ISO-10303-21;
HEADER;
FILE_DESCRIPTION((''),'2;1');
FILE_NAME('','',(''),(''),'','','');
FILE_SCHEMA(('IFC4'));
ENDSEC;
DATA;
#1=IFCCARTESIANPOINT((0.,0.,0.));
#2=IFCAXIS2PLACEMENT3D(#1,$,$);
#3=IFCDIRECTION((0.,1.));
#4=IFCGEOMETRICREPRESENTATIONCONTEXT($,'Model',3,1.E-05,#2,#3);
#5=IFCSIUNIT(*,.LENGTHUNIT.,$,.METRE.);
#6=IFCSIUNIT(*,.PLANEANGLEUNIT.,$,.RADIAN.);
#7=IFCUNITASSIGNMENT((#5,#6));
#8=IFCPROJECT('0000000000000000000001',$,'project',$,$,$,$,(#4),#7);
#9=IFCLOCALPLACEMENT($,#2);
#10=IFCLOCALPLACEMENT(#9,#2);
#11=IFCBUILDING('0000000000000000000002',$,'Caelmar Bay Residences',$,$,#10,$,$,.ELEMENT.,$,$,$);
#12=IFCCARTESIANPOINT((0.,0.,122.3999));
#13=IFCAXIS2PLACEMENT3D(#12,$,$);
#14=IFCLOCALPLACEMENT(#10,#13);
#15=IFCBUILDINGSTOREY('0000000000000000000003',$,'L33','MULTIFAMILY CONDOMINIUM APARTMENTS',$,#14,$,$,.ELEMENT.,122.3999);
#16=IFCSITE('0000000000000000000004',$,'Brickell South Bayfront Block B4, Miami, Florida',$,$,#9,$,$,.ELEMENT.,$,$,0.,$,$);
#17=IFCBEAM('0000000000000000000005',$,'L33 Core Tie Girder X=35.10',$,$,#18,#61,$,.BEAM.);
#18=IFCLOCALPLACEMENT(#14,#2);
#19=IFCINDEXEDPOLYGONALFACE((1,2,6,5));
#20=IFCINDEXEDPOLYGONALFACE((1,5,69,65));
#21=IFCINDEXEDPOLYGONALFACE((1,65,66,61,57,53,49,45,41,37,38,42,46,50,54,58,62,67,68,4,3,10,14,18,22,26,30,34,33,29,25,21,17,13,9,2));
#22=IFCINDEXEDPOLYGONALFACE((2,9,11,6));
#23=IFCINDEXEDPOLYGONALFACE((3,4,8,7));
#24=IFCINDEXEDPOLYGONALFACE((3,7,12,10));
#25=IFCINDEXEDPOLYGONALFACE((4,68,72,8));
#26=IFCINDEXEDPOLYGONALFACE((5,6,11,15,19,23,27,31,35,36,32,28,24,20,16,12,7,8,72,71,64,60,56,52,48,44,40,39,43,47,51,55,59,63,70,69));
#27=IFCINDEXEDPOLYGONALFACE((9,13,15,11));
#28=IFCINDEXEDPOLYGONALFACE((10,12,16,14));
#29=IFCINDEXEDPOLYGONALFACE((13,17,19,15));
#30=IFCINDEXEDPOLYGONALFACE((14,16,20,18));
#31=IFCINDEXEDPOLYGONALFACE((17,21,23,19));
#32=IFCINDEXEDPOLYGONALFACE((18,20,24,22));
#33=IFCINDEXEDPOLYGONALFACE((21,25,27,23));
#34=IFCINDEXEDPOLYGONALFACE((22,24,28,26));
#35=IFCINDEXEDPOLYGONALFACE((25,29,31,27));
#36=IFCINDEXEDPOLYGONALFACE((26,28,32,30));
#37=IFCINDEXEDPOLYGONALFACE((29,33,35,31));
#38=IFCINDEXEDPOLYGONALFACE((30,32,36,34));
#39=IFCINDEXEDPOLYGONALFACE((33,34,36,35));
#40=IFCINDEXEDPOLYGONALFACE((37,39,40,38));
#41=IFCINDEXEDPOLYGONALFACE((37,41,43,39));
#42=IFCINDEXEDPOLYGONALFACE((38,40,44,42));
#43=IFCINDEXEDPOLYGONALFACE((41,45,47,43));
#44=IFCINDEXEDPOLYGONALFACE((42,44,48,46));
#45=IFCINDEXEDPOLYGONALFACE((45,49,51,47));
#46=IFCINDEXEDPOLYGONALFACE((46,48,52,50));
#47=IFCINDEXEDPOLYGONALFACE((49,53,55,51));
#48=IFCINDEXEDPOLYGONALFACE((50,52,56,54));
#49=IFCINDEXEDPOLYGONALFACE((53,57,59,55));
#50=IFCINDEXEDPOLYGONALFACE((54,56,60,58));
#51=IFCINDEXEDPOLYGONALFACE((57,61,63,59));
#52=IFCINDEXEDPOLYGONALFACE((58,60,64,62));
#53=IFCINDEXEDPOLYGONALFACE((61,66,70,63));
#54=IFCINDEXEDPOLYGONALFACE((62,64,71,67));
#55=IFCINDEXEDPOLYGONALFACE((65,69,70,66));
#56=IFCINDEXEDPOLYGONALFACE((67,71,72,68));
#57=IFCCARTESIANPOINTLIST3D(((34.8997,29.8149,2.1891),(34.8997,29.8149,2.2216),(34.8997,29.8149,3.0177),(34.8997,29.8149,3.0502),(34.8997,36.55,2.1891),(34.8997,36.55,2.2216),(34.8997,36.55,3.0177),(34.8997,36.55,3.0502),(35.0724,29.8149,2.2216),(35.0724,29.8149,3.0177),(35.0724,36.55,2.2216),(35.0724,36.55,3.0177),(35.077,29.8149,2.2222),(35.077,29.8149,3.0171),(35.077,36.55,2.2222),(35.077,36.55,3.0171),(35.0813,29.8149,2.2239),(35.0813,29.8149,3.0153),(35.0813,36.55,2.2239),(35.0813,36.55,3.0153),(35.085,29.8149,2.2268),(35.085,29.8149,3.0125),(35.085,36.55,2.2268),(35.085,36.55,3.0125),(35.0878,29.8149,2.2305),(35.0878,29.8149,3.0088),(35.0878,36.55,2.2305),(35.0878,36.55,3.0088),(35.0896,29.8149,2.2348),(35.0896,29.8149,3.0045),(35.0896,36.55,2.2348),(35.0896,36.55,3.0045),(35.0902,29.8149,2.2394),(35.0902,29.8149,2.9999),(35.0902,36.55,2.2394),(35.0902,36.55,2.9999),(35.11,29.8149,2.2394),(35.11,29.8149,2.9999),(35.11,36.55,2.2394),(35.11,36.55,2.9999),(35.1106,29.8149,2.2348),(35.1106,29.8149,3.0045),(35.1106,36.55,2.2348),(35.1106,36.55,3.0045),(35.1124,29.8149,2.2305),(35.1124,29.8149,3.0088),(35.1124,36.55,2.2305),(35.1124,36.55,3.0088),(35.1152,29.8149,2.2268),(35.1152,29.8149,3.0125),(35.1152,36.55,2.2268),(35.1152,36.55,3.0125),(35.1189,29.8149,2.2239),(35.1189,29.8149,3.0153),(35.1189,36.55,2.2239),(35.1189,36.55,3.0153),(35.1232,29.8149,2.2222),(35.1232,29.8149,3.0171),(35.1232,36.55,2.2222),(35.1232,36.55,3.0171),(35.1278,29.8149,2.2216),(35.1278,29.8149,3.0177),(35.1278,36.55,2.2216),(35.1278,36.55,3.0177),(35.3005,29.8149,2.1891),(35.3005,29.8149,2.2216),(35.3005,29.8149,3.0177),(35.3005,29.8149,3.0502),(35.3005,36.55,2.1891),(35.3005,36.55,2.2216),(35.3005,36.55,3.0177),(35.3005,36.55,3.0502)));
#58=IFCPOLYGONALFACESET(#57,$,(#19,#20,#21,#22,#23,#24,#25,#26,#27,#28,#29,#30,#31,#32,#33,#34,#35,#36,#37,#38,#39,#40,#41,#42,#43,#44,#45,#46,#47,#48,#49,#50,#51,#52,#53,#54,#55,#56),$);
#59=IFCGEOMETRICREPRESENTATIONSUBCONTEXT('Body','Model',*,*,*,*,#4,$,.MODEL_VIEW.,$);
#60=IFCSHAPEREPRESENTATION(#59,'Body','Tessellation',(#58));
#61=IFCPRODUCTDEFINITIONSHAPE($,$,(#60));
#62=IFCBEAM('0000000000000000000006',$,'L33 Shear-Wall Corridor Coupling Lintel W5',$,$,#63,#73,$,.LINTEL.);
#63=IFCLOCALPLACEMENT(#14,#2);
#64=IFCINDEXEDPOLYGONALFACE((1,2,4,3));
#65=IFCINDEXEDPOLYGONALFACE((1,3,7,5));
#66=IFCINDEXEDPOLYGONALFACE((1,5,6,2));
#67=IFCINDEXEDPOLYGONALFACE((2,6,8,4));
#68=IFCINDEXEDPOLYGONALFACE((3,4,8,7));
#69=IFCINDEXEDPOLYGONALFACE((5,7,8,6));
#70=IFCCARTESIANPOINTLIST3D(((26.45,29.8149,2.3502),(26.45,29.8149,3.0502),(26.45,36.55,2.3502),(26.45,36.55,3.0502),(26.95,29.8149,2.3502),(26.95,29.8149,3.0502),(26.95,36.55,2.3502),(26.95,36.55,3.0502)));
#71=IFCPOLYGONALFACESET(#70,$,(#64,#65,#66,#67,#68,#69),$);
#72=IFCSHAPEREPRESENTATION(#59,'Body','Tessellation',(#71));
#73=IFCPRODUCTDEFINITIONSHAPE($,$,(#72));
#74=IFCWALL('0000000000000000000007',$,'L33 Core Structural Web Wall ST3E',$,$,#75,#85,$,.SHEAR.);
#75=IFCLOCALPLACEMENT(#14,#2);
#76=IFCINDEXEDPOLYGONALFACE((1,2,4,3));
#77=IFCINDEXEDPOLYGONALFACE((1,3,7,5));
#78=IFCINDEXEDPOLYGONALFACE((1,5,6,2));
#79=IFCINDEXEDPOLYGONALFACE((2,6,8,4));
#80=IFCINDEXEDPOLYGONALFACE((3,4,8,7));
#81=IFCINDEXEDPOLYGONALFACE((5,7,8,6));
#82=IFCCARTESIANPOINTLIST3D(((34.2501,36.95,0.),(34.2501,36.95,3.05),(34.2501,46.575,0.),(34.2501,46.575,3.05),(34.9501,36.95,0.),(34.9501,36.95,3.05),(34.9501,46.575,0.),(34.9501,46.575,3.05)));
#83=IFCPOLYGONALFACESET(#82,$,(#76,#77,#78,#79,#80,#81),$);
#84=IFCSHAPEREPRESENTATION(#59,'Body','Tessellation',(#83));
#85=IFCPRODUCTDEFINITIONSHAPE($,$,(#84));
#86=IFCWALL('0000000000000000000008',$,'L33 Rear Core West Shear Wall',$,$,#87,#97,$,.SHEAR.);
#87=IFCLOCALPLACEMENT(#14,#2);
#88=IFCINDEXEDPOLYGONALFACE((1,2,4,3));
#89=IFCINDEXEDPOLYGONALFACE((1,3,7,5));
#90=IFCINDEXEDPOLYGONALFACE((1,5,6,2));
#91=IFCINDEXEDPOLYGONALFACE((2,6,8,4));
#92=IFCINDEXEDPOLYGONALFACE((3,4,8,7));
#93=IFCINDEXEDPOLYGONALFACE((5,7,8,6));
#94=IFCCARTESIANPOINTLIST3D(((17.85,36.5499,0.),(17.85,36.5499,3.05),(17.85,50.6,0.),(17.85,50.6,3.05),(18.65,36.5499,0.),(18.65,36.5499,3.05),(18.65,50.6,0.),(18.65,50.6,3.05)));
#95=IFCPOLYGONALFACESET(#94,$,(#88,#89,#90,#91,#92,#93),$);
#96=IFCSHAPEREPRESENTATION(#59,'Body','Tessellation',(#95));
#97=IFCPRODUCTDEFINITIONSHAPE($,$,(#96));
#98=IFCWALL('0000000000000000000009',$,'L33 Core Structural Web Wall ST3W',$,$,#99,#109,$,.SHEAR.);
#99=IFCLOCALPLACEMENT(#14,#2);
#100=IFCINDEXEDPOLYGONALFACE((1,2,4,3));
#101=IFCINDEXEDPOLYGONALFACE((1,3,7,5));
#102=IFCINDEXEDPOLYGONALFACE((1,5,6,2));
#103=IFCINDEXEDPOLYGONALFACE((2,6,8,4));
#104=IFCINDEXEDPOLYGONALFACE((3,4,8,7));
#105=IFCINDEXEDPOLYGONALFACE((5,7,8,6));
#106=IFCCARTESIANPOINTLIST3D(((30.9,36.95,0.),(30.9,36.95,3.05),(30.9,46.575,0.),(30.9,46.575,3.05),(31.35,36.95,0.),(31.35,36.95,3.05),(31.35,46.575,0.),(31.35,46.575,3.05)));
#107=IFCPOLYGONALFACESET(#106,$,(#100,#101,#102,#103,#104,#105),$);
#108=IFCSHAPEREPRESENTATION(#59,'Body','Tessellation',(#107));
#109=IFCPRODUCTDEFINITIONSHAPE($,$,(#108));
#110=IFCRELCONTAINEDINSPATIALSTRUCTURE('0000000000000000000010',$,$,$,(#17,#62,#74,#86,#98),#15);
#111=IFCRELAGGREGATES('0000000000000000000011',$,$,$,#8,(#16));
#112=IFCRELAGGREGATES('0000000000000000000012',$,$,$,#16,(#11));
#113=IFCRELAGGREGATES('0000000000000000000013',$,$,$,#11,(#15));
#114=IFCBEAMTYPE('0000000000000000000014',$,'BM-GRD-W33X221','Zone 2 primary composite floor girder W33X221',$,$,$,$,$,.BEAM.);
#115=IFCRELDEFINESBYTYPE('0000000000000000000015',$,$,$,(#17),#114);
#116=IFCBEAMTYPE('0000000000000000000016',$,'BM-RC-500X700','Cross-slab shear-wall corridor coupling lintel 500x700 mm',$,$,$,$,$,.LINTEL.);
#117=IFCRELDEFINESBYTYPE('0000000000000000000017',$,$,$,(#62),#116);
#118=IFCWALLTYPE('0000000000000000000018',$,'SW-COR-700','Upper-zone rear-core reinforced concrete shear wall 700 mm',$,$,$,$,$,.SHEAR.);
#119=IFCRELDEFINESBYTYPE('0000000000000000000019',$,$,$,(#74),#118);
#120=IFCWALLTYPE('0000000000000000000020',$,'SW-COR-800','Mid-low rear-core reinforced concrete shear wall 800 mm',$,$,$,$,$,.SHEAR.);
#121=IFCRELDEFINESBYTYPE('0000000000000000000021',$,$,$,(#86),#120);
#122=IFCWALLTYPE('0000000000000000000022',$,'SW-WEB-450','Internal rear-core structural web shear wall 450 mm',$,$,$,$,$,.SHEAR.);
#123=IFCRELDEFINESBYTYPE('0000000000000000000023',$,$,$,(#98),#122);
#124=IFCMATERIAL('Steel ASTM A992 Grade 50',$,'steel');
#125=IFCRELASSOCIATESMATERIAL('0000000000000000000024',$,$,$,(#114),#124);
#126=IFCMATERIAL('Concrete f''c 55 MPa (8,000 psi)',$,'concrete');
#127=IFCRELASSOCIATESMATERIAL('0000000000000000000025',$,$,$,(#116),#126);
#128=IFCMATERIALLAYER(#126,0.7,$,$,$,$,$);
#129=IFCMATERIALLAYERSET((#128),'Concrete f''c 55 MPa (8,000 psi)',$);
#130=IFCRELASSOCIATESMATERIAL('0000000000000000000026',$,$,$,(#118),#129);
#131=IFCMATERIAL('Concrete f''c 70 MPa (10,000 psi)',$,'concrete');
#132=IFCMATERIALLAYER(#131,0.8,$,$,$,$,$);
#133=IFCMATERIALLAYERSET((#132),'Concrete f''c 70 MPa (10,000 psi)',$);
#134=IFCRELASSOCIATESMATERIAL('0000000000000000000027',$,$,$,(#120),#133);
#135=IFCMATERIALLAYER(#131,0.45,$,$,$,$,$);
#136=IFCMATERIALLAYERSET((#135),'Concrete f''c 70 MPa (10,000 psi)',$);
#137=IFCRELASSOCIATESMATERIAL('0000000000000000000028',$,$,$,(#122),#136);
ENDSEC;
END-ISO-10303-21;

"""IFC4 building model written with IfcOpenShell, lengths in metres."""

from ifc_helpers import new_model, si_unit, direction, frame, frame_2d, origin, origin_2d, place, context, subcontext, project, spatial, rectangle, i_section, extrude, material, layer, layer_set, material_profile, profile_set, type_object, element, save


model = new_model("IFC4")

# Units and contexts
model_context = context("Model", 3, precision=1e-05, world=origin(), true_north=direction((0.0, 1.0)))
body_context = subcontext(model_context, "Body", "Model", "MODEL_VIEW")
ifc_project = project(units=[si_unit("LENGTHUNIT", "METRE"), si_unit("PLANEANGLEUNIT", "RADIAN")], contexts=[model_context])

# Site, building, storey
site_placement = place(None, origin())
site = spatial("IfcSite", under=ifc_project, at=site_placement, Name="Brickell South Bayfront Block B4, Miami, Florida", CompositionType="ELEMENT", RefElevation=0.0)
building_placement = place(site_placement, origin())
building = spatial("IfcBuilding", under=site, at=building_placement, Name="Caelmar Bay Residences", CompositionType="ELEMENT")
storey_placement = place(building_placement, frame((0.0, 0.0, 122.3999)))
storey = spatial("IfcBuildingStorey", under=building, at=storey_placement, Name="L33", Description="MULTIFAMILY CONDOMINIUM APARTMENTS", CompositionType="ELEMENT", Elevation=122.3999)

# Beams
ifc_material_1 = material(Name="Steel ASTM A992 Grade 50", Category="steel")
ifc_material_profile_1 = material_profile(ifc_material_1, i_section(OverallWidth=0.4009, OverallDepth=0.8611, WebThickness=0.0198, FlangeThickness=0.0325, FilletRadius=0.0178, at=origin_2d()), Name="W33X221")
ifc_profile_set_1 = profile_set([ifc_material_profile_1], Name="Steel ASTM A992 Grade 50")
beam_type_1 = type_object("IfcBeamType", Name="BM-GRD-W33X221", Description="Zone 2 primary composite floor girder W33X221", PredefinedType="BEAM", material=ifc_profile_set_1)
beam_1_placement = place(storey_placement, frame((35.1001, 29.8149, 2.6196), z_axis=(0.0, 1.0, 0.0), x_axis=(-1.0, 0.0, 0.0)))
element("IfcBeam", 1, at=beam_1_placement, inside=storey, type_object=beam_type_1, Name="L33 Core Tie Girder X=35.10", PredefinedType="BEAM", context=body_context, shape_type="SweptSolid", body=[
    extrude(i_section(OverallWidth=0.4009, OverallDepth=0.8611, WebThickness=0.0198, FlangeThickness=0.0325, FilletRadius=0.0178, at=origin_2d()), origin(), (0.0, 0.0, 1.0), 6.7351),
])
ifc_material_2 = material(Name="Concrete f'c 55 MPa (8,000 psi)", Category="concrete")
ifc_material_profile_2 = material_profile(ifc_material_2, rectangle(XDim=0.5, YDim=0.7, at=origin_2d()), Name="RC-BM-500X700")
ifc_profile_set_2 = profile_set([ifc_material_profile_2], Name="Concrete f'c 55 MPa (8,000 psi)")
beam_type_2 = type_object("IfcBeamType", Name="BM-RC-500X700", Description="Cross-slab shear-wall corridor coupling lintel 500x700 mm", PredefinedType="LINTEL", material=ifc_profile_set_2)
beam_2_placement = place(storey_placement, frame((26.7, 29.8149, 2.7002), z_axis=(0.0, 1.0, 0.0), x_axis=(-1.0, 0.0, 0.0)))
element("IfcBeam", 2, at=beam_2_placement, inside=storey, type_object=beam_type_2, Name="L33 Shear-Wall Corridor Coupling Lintel W5", PredefinedType="LINTEL", context=body_context, shape_type="SweptSolid", body=[
    extrude(rectangle(XDim=0.5, YDim=0.7, at=origin_2d()), origin(), (0.0, 0.0, 1.0), 6.7351),
])

# Shared definitions
ifc_layer_1 = layer(ifc_material_2, 0.7)
ifc_layer_set_1 = layer_set([ifc_layer_1], Name="Concrete f'c 55 MPa (8,000 psi)")
wall_type_1 = type_object("IfcWallType", Name="SW-COR-700", Description="Upper-zone rear-core reinforced concrete shear wall 700 mm", PredefinedType="SHEAR", material=ifc_layer_set_1)

# Walls
wall_1_placement = place(storey_placement, frame((34.6001, 36.95, 0.0), z_axis=(0.0, 0.0, 1.0), x_axis=(0.0, 1.0, 0.0)))
element("IfcWall", 3, at=wall_1_placement, inside=storey, type_object=wall_type_1, Name="L33 Core Structural Web Wall ST3E", PredefinedType="SHEAR", context=body_context, shape_type="SweptSolid", body=[
    extrude(rectangle(XDim=9.625, YDim=0.7, at=frame_2d((4.8125, 0.0))), origin(), (0.0, 0.0, 1.0), 3.05),
])
ifc_material_3 = material(Name="Concrete f'c 70 MPa (10,000 psi)", Category="concrete")
ifc_layer_2 = layer(ifc_material_3, 0.8)
ifc_layer_set_2 = layer_set([ifc_layer_2], Name="Concrete f'c 70 MPa (10,000 psi)")
wall_type_2 = type_object("IfcWallType", Name="SW-COR-800", Description="Mid-low rear-core reinforced concrete shear wall 800 mm", PredefinedType="SHEAR", material=ifc_layer_set_2)
wall_2_placement = place(storey_placement, frame((18.25, 36.55, 0.0), z_axis=(0.0, 0.0, 1.0), x_axis=(0.0, 1.0, 0.0)))
element("IfcWall", 4, at=wall_2_placement, inside=storey, type_object=wall_type_2, Name="L33 Rear Core West Shear Wall", PredefinedType="SHEAR", context=body_context, shape_type="SweptSolid", body=[
    extrude(rectangle(XDim=14.05, YDim=0.8, at=frame_2d((7.0249, 0.0))), origin(), (0.0, 0.0, 1.0), 3.05),
])
ifc_layer_3 = layer(ifc_material_3, 0.45)
ifc_layer_set_3 = layer_set([ifc_layer_3], Name="Concrete f'c 70 MPa (10,000 psi)")
wall_type_3 = type_object("IfcWallType", Name="SW-WEB-450", Description="Internal rear-core structural web shear wall 450 mm", PredefinedType="SHEAR", material=ifc_layer_set_3)
wall_3_placement = place(storey_placement, frame((31.125, 36.95, 0.0), z_axis=(0.0, 0.0, 1.0), x_axis=(0.0, 1.0, 0.0)))
element("IfcWall", 5, at=wall_3_placement, inside=storey, type_object=wall_type_3, Name="L33 Core Structural Web Wall ST3W", PredefinedType="SHEAR", context=body_context, shape_type="SweptSolid", body=[
    extrude(rectangle(XDim=9.625, YDim=0.45, at=frame_2d((4.8125, 0.0))), origin(), (0.0, 0.0, 1.0), 3.05),
])

save(model, "model.ifc")
